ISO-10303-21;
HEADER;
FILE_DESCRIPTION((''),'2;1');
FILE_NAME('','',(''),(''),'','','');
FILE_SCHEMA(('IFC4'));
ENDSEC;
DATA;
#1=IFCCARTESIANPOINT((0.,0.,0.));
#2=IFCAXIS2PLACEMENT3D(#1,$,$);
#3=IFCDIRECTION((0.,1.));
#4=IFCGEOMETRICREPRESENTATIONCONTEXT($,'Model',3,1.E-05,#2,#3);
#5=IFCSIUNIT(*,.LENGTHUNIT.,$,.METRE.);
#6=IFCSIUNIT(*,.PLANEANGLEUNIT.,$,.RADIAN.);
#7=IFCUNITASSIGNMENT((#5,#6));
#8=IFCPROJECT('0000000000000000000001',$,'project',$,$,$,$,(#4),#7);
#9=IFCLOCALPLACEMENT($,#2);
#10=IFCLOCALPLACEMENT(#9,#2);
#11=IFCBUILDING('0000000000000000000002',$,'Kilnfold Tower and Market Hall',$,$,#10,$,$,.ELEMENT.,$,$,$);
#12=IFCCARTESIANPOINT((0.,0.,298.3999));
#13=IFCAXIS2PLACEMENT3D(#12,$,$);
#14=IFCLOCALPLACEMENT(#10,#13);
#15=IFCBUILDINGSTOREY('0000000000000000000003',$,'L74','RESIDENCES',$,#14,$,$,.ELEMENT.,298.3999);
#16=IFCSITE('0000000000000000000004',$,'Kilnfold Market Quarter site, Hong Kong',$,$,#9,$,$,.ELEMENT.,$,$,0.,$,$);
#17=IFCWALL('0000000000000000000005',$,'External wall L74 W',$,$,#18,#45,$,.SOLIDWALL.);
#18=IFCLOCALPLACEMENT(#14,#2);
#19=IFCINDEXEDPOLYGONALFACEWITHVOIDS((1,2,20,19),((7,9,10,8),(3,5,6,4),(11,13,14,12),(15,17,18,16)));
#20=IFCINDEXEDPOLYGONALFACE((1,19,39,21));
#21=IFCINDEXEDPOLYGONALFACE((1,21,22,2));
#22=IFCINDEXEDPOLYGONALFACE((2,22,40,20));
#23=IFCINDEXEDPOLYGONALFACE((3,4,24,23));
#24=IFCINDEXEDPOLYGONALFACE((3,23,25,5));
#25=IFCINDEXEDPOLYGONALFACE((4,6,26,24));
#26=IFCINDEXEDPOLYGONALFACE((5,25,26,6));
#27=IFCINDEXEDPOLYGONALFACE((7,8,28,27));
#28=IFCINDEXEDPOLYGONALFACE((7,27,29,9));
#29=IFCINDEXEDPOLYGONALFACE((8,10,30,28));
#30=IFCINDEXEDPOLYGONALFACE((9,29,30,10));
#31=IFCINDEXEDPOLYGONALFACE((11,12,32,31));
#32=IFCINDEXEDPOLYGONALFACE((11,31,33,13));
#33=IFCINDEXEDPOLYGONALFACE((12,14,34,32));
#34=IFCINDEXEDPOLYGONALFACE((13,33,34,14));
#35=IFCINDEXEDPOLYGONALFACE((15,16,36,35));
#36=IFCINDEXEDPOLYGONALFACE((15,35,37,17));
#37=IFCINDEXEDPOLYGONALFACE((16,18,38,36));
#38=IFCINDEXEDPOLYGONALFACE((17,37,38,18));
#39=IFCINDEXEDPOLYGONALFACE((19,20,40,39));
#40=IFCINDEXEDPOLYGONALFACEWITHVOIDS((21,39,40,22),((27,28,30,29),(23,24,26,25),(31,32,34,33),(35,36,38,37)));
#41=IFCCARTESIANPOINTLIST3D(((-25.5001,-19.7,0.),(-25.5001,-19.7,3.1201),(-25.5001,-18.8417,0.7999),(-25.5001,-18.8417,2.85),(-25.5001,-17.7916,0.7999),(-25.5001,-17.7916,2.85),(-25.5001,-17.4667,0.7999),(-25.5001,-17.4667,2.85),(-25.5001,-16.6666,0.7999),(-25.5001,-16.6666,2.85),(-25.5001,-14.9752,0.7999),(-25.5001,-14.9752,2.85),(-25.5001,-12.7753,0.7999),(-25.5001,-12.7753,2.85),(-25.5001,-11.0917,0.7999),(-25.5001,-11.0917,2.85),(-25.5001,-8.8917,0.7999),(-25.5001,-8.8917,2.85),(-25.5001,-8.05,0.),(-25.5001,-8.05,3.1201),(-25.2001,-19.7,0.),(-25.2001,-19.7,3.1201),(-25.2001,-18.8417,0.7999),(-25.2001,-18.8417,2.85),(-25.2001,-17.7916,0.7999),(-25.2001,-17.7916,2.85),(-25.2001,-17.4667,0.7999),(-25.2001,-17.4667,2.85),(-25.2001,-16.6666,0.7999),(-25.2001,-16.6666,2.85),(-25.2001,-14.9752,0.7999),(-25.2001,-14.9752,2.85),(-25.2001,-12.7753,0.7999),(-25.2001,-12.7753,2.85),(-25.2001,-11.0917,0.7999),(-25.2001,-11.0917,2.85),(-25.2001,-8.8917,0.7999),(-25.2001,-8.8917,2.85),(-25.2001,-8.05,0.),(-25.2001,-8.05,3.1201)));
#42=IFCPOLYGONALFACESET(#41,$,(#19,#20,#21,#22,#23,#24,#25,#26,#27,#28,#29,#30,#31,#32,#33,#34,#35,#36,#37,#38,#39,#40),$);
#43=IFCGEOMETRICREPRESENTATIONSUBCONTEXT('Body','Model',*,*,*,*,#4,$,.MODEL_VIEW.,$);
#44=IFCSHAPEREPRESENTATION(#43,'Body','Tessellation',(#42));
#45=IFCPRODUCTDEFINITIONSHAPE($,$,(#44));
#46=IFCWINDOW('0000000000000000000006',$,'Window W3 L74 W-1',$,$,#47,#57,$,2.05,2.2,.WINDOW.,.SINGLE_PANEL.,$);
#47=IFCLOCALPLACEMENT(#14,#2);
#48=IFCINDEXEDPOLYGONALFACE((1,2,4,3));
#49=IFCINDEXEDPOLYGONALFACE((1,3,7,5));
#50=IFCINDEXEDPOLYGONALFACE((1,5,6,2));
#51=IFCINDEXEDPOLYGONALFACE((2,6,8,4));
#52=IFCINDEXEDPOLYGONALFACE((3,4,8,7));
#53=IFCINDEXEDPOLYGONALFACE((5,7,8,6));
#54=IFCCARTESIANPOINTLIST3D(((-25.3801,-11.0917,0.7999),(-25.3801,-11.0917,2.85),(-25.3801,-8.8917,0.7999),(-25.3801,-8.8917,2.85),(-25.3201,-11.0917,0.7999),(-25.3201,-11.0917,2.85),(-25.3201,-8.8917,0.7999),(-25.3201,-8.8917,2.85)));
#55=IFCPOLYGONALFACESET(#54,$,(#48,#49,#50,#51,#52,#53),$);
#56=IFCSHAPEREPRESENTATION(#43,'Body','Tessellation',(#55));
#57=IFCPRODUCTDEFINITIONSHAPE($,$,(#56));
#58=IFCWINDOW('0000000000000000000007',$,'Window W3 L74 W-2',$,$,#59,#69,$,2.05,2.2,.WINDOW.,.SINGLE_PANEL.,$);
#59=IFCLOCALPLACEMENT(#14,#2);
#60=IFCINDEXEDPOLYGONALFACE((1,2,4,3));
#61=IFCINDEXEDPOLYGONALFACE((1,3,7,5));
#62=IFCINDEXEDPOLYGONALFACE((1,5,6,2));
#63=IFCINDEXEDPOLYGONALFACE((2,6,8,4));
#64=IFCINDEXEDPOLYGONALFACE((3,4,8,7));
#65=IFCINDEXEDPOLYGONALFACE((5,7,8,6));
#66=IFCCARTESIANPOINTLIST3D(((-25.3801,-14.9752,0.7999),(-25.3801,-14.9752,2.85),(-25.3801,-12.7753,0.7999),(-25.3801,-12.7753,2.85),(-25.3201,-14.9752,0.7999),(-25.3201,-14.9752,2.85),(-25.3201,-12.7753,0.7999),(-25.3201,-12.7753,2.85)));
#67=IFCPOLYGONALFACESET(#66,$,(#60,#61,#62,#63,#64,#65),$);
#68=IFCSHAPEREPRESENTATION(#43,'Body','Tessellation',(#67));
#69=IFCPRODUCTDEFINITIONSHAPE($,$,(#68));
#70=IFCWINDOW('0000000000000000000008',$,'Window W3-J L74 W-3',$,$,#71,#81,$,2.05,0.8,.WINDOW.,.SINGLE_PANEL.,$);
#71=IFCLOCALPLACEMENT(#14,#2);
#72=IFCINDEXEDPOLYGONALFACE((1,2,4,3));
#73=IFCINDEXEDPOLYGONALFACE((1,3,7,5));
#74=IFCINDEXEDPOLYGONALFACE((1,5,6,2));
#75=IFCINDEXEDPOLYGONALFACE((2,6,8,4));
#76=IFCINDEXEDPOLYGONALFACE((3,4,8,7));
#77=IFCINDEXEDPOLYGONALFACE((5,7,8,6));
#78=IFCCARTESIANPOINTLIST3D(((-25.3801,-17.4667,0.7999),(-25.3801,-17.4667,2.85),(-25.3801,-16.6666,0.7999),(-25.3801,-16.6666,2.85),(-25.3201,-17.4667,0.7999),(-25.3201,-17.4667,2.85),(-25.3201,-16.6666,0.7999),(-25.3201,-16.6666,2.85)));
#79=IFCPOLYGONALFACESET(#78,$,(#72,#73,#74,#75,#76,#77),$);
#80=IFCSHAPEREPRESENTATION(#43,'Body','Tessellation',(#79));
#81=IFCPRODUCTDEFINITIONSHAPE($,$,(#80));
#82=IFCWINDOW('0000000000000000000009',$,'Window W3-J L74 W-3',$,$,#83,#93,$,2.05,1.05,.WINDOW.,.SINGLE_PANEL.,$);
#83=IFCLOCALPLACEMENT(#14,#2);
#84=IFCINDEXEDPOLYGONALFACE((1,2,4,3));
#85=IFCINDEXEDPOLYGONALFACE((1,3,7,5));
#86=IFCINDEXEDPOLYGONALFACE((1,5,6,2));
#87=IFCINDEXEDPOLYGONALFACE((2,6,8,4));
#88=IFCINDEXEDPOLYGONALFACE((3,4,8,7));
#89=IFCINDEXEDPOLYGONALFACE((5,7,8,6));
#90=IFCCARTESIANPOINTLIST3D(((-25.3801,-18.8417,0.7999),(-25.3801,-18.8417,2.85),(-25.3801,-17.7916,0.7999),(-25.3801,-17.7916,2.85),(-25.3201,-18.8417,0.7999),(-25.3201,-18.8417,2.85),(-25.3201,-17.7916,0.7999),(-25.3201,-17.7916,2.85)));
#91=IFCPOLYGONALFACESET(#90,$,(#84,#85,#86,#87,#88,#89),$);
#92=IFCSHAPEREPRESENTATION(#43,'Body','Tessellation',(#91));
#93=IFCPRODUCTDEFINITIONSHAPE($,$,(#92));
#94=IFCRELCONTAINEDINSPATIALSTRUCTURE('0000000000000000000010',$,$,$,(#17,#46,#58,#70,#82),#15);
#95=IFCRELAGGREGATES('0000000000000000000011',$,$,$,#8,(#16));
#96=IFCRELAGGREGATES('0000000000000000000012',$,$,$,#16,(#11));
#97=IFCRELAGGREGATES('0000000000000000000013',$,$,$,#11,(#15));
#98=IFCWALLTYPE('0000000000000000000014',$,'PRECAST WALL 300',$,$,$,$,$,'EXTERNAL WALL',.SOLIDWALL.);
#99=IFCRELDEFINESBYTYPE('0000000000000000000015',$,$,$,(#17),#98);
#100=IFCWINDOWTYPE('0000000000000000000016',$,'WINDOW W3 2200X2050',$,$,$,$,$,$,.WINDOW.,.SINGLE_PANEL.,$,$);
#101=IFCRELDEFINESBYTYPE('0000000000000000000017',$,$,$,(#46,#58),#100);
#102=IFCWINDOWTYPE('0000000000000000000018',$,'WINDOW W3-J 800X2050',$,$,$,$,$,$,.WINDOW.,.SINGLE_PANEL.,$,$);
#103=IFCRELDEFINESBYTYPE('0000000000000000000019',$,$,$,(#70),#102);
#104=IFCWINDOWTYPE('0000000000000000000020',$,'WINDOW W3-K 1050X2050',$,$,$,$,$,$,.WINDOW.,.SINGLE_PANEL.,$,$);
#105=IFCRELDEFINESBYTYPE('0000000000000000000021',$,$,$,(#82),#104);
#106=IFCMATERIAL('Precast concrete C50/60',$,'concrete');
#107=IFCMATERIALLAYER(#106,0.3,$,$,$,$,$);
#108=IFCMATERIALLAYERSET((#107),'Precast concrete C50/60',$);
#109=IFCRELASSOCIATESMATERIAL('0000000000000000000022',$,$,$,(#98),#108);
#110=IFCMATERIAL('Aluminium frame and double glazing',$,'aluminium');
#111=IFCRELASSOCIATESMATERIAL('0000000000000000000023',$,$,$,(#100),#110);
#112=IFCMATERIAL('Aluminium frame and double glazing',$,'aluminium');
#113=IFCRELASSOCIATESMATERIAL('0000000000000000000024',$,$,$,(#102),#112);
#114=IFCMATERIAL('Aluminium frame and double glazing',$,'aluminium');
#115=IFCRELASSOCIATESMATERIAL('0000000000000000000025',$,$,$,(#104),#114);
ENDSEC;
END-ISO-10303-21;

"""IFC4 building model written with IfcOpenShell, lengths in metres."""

from ifc_helpers import new_model, si_unit, direction, frame, frame_2d, origin, place, context, subcontext, project, spatial, rectangle, extrude, source, transform, mapped, material, layer, layer_set, type_object, element, fill, save


model = new_model("IFC4")

# Units and contexts
model_context = context("Model", 3, precision=1e-05, world=origin(), true_north=direction((0.0, 1.0)))
body_context = subcontext(model_context, "Body", "Model", "MODEL_VIEW")
ifc_project = project(units=[si_unit("LENGTHUNIT", "METRE"), si_unit("PLANEANGLEUNIT", "RADIAN")], contexts=[model_context])

# Site, building, storey
site_placement = place(None, origin())
site = spatial("IfcSite", under=ifc_project, at=site_placement, Name="Kilnfold Market Quarter site, Hong Kong", CompositionType="ELEMENT", RefElevation=0.0)
building_placement = place(site_placement, origin())
building = spatial("IfcBuilding", under=site, at=building_placement, Name="Kilnfold Tower and Market Hall", CompositionType="ELEMENT")
storey_placement = place(building_placement, frame((0.0, 0.0, 298.3999)))
storey = spatial("IfcBuildingStorey", under=building, at=storey_placement, Name="L74", Description="RESIDENCES", CompositionType="ELEMENT", Elevation=298.3999)

# Wall, openings, windows
ifc_material_1 = material(Name="Precast concrete C50/60", Category="concrete")
ifc_layer_1 = layer(ifc_material_1, 0.3)
ifc_layer_set_1 = layer_set([ifc_layer_1], Name="Precast concrete C50/60")
wall_type_1 = type_object("IfcWallType", Name="PRECAST WALL 300", ElementType="EXTERNAL WALL", PredefinedType="SOLIDWALL", material=ifc_layer_set_1)
ifc_material_2 = material(Name="Aluminium frame and double glazing", Category="aluminium")
window_type_1 = type_object("IfcWindowType", Name="WINDOW W3 2200X2050", PartitioningType="SINGLE_PANEL", PredefinedType="WINDOW", material=ifc_material_2)
shared_shape_1 = source(origin(), body_context, "Body", "SweptSolid", [
    extrude(rectangle(XDim=11.6499, YDim=0.3, at=frame_2d((5.825, 0.0))), origin(), (0.0, 0.0, 1.0), 3.1201),
])
wall_1_placement = place(storey_placement, frame((-25.3501, -8.05, 0.0), z_axis=(0.0, 0.0, 1.0), x_axis=(0.0, -1.0, 0.0)))
wall_1 = element("IfcWall", 1, at=wall_1_placement, inside=storey, type_object=wall_type_1, Name="External wall L74 W", PredefinedType="SOLIDWALL", context=body_context, shape_type="MappedRepresentation", body=[
    mapped(shared_shape_1, transform((0.0, 0.0, 0.0))),
])
opening_1_placement = place(wall_1_placement, frame((0.8416, 0.0, 0.8)))
opening_1 = element("IfcOpeningElement", 2, at=opening_1_placement, cuts=wall_1, PredefinedType="OPENING", context=body_context, shape_type="SweptSolid", body=[
    extrude(rectangle(XDim=2.2, YDim=2.05, at=frame_2d((1.1001, 1.0249))), frame((0.0, 0.1602, 0.0), z_axis=(0.0, -1.0, 0.0), x_axis=(1.0, 0.0, 0.0)), (0.0, 0.0, 1.0), 0.3201),
])
opening_2_placement = place(wall_1_placement, frame((4.7251, 0.0, 0.8)))
opening_2 = element("IfcOpeningElement", 3, at=opening_2_placement, cuts=wall_1, PredefinedType="OPENING", context=body_context, shape_type="SweptSolid", body=[
    extrude(rectangle(XDim=2.2, YDim=2.05, at=frame_2d((1.1001, 1.0249))), frame((0.0, 0.1602, 0.0), z_axis=(0.0, -1.0, 0.0), x_axis=(1.0, 0.0, 0.0)), (0.0, 0.0, 1.0), 0.3201),
])
opening_3_placement = place(wall_1_placement, frame((8.6167, 0.0, 0.8)))
opening_3 = element("IfcOpeningElement", 4, at=opening_3_placement, cuts=wall_1, PredefinedType="OPENING", context=body_context, shape_type="SweptSolid", body=[
    extrude(rectangle(XDim=0.8, YDim=2.05, at=frame_2d((0.3999, 1.0249))), frame((0.0, 0.1602, 0.0), z_axis=(0.0, -1.0, 0.0), x_axis=(1.0, 0.0, 0.0)), (0.0, 0.0, 1.0), 0.3201),
])
opening_4_placement = place(wall_1_placement, frame((9.7417, 0.0, 0.8)))
opening_4 = element("IfcOpeningElement", 5, at=opening_4_placement, cuts=wall_1, PredefinedType="OPENING", context=body_context, shape_type="SweptSolid", body=[
    extrude(rectangle(XDim=1.05, YDim=2.05, at=frame_2d((0.5249, 1.0249))), frame((0.0, 0.1602, 0.0), z_axis=(0.0, -1.0, 0.0), x_axis=(1.0, 0.0, 0.0)), (0.0, 0.0, 1.0), 0.3201),
])
window_1_placement = place(opening_1_placement, origin())
window_1 = element("IfcWindow", 6, at=window_1_placement, inside=storey, type_object=window_type_1, Name="Window W3 L74 W-1", OverallHeight=2.05, OverallWidth=2.2, PartitioningType="SINGLE_PANEL", PredefinedType="WINDOW", context=body_context, shape_type="SweptSolid", body=[
    extrude(rectangle(XDim=2.2, YDim=2.05, at=frame_2d((1.1001, 1.0249))), frame((0.0, 0.03, 0.0), z_axis=(0.0, -1.0, 0.0), x_axis=(1.0, 0.0, 0.0)), (0.0, 0.0, 1.0), 0.0601),
])
fill(opening_1, window_1)
window_2_placement = place(opening_2_placement, origin())
window_2 = element("IfcWindow", 7, at=window_2_placement, inside=storey, type_object=window_type_1, Name="Window W3 L74 W-2", OverallHeight=2.05, OverallWidth=2.2, PartitioningType="SINGLE_PANEL", PredefinedType="WINDOW", context=body_context, shape_type="SweptSolid", body=[
    extrude(rectangle(XDim=2.2, YDim=2.05, at=frame_2d((1.1001, 1.0249))), frame((0.0, 0.03, 0.0), z_axis=(0.0, -1.0, 0.0), x_axis=(1.0, 0.0, 0.0)), (0.0, 0.0, 1.0), 0.0601),
])
fill(opening_2, window_2)
ifc_material_3 = material(Name="Aluminium frame and double glazing", Category="aluminium")
window_type_2 = type_object("IfcWindowType", Name="WINDOW W3-J 800X2050", PartitioningType="SINGLE_PANEL", PredefinedType="WINDOW", material=ifc_material_3)
window_3_placement = place(opening_3_placement, origin())
window_3 = element("IfcWindow", 8, at=window_3_placement, inside=storey, type_object=window_type_2, Name="Window W3-J L74 W-3", OverallHeight=2.05, OverallWidth=0.8, PartitioningType="SINGLE_PANEL", PredefinedType="WINDOW", context=body_context, shape_type="SweptSolid", body=[
    extrude(rectangle(XDim=0.8, YDim=2.05, at=frame_2d((0.3999, 1.0249))), frame((0.0, 0.03, 0.0), z_axis=(0.0, -1.0, 0.0), x_axis=(1.0, 0.0, 0.0)), (0.0, 0.0, 1.0), 0.0601),
])
fill(opening_3, window_3)
ifc_material_4 = material(Name="Aluminium frame and double glazing", Category="aluminium")
window_type_3 = type_object("IfcWindowType", Name="WINDOW W3-K 1050X2050", PartitioningType="SINGLE_PANEL", PredefinedType="WINDOW", material=ifc_material_4)
window_4_placement = place(opening_4_placement, origin())
window_4 = element("IfcWindow", 9, at=window_4_placement, inside=storey, type_object=window_type_3, Name="Window W3-J L74 W-3", OverallHeight=2.05, OverallWidth=1.05, PartitioningType="SINGLE_PANEL", PredefinedType="WINDOW", context=body_context, shape_type="SweptSolid", body=[
    extrude(rectangle(XDim=1.05, YDim=2.05, at=frame_2d((0.5249, 1.0249))), frame((0.0, 0.03, 0.0), z_axis=(0.0, -1.0, 0.0), x_axis=(1.0, 0.0, 0.0)), (0.0, 0.0, 1.0), 0.0601),
])
fill(opening_4, window_4)

save(model, "model.ifc")
